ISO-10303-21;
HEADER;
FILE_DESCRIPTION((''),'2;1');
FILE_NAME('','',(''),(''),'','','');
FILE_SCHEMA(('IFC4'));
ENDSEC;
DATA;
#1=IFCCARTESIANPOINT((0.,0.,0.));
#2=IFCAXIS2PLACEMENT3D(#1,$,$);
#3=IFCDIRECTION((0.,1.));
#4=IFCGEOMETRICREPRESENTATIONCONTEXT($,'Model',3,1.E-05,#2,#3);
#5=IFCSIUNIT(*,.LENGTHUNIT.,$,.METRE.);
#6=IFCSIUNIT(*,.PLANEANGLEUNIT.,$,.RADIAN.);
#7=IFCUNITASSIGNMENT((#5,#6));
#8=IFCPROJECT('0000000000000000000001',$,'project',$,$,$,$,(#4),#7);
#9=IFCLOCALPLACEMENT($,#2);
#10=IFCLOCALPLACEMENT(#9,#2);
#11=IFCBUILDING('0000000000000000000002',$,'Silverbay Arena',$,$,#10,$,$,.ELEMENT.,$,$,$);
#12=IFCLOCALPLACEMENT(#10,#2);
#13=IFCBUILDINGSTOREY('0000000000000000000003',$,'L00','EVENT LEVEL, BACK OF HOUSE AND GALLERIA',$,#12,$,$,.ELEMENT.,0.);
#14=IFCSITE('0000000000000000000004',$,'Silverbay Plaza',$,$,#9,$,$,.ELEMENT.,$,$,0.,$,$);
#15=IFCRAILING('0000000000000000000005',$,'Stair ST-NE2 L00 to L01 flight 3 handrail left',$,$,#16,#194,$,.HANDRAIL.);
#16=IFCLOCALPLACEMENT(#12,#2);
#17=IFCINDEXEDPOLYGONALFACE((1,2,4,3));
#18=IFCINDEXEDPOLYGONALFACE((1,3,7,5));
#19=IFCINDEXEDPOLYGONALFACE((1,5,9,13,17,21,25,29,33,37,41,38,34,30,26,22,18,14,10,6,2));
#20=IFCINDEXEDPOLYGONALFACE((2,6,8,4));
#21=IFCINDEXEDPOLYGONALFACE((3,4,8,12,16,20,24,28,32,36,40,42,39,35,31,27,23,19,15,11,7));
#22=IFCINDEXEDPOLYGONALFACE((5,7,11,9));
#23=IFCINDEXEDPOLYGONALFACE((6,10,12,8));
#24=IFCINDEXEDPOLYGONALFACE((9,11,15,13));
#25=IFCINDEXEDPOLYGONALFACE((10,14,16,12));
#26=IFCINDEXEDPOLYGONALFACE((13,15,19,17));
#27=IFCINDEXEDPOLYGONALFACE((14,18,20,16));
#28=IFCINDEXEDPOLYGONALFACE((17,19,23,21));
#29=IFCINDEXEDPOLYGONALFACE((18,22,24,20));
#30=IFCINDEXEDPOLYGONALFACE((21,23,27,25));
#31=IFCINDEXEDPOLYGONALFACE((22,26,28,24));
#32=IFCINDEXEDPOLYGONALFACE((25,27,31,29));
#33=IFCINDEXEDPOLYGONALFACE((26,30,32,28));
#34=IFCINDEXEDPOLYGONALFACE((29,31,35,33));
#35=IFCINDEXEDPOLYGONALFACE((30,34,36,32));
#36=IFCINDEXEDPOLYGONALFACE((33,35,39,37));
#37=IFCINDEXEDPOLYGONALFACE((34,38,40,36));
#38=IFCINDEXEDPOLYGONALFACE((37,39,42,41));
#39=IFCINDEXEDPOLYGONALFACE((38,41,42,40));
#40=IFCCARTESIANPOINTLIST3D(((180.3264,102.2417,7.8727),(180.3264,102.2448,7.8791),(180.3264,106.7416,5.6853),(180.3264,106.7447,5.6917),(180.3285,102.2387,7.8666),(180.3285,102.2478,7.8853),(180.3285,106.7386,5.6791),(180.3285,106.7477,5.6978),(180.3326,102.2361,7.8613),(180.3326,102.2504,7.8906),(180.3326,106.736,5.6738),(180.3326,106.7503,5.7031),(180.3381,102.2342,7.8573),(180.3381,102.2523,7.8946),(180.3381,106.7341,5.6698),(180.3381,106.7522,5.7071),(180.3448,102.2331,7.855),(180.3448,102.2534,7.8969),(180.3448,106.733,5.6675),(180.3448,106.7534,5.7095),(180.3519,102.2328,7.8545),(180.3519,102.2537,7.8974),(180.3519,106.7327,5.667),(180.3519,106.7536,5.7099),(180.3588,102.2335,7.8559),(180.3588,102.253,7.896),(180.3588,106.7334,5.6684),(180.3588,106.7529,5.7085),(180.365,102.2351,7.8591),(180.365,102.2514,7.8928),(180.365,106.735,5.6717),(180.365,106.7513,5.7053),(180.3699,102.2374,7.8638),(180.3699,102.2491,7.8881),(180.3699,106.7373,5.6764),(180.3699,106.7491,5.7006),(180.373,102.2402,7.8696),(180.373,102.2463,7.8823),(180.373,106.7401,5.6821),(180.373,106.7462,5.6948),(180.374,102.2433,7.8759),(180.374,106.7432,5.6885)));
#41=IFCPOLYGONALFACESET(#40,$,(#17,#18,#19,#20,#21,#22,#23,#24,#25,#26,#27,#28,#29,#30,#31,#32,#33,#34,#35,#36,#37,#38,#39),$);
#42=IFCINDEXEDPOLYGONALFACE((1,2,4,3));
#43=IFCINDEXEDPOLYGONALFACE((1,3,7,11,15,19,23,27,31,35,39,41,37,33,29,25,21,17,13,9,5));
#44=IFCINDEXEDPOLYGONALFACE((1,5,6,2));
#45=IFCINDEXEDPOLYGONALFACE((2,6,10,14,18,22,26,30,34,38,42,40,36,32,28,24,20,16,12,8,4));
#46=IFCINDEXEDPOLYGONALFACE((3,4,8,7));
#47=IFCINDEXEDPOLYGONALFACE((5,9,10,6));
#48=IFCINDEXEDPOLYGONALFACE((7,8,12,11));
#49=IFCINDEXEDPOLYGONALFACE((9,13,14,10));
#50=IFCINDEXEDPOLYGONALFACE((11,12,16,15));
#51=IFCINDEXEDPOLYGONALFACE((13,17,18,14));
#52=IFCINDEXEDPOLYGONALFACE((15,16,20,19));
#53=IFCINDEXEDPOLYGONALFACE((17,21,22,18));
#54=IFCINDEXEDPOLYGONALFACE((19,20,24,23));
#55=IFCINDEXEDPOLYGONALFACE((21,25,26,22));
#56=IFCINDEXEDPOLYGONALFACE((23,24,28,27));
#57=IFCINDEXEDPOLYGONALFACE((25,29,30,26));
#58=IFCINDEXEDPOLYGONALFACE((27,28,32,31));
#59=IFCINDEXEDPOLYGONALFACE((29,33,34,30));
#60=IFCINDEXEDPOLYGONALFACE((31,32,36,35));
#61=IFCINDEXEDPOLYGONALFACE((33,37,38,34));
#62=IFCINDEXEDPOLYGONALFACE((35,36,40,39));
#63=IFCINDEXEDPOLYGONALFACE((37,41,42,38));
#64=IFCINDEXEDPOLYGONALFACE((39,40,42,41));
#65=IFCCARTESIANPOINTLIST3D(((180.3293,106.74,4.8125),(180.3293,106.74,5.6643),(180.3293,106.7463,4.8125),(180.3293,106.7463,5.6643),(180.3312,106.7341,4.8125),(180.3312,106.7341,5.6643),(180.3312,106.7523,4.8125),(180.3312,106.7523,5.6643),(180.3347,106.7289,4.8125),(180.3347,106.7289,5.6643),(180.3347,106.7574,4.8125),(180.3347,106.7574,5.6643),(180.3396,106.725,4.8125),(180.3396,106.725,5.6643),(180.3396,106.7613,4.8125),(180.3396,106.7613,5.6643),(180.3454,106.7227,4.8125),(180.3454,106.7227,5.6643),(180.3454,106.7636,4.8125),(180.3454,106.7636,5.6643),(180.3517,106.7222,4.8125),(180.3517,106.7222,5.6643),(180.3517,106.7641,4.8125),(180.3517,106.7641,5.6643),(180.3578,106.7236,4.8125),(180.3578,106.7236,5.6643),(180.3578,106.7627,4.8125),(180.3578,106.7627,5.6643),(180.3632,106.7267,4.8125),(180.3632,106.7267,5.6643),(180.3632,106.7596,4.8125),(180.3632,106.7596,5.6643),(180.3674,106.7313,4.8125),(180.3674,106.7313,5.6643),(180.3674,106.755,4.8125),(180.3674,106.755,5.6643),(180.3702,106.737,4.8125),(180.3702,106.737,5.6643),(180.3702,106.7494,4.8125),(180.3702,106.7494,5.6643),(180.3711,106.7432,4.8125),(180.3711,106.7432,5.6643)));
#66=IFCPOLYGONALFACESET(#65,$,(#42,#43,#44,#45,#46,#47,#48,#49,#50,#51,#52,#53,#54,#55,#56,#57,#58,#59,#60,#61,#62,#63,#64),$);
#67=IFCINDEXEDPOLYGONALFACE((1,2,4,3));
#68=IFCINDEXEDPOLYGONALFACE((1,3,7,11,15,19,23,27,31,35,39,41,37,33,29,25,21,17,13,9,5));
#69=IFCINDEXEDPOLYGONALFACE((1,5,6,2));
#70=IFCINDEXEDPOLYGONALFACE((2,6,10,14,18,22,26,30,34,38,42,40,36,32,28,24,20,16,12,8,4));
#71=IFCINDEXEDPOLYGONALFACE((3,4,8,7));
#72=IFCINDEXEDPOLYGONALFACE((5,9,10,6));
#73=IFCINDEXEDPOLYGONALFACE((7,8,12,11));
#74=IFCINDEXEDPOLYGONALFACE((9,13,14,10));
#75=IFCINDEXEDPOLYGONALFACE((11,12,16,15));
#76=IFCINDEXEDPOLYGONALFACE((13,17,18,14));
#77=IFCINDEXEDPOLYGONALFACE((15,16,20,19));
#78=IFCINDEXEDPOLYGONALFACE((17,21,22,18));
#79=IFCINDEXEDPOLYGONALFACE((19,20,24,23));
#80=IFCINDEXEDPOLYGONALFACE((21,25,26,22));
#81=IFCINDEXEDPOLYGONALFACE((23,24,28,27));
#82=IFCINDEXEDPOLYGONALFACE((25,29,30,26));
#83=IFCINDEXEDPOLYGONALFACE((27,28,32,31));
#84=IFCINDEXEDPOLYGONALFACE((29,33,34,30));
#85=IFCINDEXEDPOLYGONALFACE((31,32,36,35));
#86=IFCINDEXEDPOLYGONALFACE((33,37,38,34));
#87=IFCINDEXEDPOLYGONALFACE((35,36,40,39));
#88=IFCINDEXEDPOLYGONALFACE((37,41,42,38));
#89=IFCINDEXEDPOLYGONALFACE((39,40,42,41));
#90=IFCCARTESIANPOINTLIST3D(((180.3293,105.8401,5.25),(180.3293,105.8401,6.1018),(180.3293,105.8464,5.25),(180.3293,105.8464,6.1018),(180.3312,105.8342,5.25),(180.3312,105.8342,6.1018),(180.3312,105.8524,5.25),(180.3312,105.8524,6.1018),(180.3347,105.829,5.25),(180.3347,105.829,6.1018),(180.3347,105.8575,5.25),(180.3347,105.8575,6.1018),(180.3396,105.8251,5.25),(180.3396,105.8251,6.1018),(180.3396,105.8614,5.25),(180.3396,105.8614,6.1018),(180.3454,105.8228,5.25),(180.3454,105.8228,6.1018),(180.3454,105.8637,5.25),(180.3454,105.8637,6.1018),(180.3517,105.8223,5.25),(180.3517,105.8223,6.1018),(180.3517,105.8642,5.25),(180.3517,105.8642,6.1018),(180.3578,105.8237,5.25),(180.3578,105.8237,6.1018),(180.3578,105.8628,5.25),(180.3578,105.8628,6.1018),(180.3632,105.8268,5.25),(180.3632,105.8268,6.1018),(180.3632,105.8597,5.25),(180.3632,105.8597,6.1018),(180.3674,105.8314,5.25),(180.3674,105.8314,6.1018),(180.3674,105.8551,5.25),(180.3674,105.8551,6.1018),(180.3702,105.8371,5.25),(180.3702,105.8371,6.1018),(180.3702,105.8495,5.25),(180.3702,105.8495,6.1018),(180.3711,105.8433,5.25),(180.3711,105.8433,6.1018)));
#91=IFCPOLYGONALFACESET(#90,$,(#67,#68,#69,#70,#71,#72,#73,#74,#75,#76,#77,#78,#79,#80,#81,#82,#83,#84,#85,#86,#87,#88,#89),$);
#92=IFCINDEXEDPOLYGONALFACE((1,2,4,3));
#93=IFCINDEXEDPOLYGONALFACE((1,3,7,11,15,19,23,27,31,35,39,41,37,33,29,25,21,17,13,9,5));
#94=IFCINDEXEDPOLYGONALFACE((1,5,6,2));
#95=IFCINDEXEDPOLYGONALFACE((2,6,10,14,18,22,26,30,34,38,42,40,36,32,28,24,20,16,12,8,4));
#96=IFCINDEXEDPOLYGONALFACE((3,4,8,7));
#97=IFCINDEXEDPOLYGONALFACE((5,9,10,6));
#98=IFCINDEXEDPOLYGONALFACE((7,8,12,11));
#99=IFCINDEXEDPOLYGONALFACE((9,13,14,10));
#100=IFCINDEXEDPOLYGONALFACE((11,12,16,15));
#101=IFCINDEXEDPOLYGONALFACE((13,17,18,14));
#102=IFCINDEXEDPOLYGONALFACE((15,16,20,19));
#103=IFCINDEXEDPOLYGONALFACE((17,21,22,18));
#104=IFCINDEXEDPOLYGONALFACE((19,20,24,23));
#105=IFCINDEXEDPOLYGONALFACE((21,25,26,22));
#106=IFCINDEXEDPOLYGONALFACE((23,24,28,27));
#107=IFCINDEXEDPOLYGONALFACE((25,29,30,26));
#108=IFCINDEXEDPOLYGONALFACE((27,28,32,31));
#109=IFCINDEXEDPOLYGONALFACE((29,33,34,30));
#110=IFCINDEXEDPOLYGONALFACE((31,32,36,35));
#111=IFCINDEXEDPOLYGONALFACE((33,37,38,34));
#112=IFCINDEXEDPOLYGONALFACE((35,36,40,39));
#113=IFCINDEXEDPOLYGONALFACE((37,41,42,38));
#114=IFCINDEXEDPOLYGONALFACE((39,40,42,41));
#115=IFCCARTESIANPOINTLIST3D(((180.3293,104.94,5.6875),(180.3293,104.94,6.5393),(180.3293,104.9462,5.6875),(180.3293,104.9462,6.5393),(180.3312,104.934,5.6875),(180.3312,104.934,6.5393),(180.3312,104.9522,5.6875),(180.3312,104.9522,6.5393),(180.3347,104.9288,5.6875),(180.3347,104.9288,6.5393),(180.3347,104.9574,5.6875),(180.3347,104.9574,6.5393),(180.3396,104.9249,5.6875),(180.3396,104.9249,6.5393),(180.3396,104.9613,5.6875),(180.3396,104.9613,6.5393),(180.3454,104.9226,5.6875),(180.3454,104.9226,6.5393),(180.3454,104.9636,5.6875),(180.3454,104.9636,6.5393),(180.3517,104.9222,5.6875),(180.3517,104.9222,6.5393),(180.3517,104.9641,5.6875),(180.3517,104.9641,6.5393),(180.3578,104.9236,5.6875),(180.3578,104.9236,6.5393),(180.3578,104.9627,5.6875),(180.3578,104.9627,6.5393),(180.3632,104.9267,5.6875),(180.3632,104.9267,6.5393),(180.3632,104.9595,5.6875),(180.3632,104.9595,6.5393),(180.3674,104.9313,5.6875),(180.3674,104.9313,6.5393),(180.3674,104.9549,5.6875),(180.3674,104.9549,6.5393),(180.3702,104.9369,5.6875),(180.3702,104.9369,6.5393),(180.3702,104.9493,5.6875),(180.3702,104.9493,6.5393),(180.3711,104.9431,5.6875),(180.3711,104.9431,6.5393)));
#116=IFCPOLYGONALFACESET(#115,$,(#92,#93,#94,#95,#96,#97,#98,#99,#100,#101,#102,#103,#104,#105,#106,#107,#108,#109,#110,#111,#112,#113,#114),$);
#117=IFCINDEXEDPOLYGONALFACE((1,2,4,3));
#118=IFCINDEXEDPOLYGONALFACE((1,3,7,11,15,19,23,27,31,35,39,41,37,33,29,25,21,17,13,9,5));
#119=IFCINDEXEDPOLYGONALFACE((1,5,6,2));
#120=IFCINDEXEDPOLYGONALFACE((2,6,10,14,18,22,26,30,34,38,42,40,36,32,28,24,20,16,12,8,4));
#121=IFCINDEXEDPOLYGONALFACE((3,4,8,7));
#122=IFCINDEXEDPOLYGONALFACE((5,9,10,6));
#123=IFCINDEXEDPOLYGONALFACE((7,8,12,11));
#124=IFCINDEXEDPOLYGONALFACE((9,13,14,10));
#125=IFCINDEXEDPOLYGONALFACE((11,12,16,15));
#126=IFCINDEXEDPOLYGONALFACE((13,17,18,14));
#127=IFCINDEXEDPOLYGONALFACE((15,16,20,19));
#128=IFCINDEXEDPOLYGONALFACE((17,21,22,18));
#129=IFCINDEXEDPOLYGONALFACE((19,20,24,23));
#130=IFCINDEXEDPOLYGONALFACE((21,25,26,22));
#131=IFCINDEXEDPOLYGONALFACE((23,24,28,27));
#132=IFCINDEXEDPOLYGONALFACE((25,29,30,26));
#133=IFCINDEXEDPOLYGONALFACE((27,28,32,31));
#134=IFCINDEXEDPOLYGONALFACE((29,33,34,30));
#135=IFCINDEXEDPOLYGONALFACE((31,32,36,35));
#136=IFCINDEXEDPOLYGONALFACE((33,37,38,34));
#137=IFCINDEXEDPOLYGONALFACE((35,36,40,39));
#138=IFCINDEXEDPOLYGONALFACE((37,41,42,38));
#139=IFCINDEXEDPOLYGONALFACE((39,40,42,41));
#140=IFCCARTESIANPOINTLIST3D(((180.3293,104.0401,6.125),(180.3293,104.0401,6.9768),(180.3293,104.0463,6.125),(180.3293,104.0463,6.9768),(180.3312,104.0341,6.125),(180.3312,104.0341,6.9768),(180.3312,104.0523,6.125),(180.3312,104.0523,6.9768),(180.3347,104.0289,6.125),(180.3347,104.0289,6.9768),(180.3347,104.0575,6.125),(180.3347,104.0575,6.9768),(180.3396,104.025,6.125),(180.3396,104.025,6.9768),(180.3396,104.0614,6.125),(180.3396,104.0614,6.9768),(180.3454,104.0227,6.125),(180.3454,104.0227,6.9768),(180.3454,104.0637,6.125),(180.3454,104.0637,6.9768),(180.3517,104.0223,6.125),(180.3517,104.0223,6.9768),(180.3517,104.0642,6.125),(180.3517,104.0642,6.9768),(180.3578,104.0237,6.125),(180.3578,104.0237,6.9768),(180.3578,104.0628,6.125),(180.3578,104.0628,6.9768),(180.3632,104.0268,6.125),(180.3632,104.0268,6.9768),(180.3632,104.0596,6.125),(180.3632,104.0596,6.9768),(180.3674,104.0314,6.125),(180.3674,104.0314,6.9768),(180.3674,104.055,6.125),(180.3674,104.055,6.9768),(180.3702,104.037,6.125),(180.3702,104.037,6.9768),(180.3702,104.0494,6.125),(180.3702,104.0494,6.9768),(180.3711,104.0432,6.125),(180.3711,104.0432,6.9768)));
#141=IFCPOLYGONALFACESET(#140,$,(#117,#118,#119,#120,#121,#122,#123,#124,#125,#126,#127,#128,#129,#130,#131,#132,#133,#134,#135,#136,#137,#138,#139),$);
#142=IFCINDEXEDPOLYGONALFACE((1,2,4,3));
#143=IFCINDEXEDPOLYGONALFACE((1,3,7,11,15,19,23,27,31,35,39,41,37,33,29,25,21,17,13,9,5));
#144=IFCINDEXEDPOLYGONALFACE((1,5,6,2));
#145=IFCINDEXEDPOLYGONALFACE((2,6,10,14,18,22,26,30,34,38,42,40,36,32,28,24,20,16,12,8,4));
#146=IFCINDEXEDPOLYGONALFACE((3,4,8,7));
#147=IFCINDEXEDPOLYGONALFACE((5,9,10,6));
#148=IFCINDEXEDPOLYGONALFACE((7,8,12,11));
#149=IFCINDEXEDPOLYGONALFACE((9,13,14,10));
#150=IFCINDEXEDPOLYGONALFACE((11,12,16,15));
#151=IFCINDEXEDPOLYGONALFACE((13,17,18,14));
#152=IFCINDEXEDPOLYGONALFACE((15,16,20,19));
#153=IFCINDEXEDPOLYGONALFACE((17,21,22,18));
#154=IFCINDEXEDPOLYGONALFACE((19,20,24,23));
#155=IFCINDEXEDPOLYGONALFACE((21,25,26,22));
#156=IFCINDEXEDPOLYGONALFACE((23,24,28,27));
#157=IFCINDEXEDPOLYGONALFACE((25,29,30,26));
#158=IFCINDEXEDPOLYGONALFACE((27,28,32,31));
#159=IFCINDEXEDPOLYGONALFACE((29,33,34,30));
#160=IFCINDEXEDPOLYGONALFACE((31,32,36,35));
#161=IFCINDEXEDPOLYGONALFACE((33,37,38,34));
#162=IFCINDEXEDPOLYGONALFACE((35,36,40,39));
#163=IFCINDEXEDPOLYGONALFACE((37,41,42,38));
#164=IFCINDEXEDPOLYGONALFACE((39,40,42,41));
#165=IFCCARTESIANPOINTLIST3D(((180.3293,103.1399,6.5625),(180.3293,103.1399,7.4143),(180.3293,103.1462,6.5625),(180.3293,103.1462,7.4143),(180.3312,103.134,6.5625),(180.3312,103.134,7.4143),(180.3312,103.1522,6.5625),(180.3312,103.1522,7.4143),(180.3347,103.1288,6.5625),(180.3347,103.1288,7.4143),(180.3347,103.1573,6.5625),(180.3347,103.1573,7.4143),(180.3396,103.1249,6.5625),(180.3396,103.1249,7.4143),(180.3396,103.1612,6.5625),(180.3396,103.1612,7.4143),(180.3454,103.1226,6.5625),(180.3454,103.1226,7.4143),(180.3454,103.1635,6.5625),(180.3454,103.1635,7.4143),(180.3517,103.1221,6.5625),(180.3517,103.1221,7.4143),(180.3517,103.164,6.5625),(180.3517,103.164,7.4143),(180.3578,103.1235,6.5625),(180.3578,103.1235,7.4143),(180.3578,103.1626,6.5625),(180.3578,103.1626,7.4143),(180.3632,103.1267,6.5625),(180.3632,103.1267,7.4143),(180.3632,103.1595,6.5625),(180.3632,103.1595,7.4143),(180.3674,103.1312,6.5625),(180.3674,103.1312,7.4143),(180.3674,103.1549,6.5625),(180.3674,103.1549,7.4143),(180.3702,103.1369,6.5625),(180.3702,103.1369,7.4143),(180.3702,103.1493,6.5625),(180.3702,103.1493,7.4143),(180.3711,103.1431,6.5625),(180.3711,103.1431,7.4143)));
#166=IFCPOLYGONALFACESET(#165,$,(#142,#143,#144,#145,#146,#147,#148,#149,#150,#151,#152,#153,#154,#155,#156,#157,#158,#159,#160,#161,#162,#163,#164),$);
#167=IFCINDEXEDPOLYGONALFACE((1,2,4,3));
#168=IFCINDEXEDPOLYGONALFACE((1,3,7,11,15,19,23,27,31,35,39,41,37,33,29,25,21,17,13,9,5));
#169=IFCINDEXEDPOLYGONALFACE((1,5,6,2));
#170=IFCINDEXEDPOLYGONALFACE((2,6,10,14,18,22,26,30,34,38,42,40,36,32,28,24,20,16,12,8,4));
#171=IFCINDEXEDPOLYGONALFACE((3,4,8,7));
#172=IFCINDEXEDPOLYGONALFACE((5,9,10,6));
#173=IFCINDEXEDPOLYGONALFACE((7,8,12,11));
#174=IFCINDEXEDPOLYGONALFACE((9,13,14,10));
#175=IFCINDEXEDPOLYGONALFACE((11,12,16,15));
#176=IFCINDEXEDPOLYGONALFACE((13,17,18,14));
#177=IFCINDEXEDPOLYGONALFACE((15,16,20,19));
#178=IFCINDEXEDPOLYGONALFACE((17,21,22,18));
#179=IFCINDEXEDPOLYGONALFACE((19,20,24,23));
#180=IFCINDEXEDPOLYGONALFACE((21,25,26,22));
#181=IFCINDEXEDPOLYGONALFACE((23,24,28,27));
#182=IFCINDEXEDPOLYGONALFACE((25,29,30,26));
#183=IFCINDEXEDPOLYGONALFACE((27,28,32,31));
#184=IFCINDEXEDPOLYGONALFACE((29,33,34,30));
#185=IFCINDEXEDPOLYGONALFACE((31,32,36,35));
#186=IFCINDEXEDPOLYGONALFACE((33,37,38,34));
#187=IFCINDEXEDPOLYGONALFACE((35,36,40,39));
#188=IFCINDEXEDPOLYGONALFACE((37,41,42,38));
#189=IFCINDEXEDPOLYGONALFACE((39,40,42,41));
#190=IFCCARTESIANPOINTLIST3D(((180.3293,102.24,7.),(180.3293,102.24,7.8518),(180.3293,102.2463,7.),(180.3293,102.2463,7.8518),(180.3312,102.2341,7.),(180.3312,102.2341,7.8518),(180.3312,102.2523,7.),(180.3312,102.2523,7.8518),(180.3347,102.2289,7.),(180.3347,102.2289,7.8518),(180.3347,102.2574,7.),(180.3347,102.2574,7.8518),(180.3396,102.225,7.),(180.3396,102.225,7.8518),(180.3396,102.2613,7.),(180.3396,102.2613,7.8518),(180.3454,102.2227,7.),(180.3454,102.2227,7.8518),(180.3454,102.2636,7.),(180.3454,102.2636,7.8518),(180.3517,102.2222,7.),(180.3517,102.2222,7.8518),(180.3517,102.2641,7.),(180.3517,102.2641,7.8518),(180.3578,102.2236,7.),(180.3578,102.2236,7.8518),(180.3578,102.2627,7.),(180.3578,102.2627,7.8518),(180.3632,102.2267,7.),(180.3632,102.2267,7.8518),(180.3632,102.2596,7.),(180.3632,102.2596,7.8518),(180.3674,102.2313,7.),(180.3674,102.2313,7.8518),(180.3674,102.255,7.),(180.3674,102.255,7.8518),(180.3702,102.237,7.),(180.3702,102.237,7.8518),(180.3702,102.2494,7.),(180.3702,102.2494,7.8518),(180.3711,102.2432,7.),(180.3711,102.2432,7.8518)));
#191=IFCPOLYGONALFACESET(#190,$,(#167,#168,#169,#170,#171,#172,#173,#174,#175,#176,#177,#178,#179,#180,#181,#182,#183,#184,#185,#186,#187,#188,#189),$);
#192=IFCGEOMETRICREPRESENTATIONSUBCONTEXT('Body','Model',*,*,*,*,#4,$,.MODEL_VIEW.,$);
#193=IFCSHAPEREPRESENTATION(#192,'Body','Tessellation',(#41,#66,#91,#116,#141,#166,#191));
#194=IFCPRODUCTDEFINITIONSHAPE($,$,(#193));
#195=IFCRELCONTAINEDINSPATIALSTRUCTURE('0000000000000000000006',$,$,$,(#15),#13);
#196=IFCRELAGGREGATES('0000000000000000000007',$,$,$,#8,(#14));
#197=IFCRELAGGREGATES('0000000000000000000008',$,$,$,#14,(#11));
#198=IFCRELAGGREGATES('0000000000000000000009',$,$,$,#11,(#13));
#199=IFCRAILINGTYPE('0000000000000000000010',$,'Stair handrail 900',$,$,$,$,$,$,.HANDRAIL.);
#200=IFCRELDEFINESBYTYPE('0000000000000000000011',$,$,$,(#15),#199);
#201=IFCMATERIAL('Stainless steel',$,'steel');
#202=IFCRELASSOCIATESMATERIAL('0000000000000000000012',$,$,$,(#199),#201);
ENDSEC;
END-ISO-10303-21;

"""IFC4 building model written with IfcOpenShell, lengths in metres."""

from ifc_helpers import new_model, si_unit, direction, frame, origin, origin_2d, place, context, subcontext, project, spatial, circle, extrude, material, type_object, element, save


model = new_model("IFC4")

# Units and contexts
model_context = context("Model", 3, precision=1e-05, world=origin(), true_north=direction((0.0, 1.0)))
body_context = subcontext(model_context, "Body", "Model", "MODEL_VIEW")
ifc_project = project(units=[si_unit("LENGTHUNIT", "METRE"), si_unit("PLANEANGLEUNIT", "RADIAN")], contexts=[model_context])

# Site, building, storey
site_placement = place(None, origin())
site = spatial("IfcSite", under=ifc_project, at=site_placement, Name="Silverbay Plaza", CompositionType="ELEMENT", RefElevation=0.0)
building_placement = place(site_placement, origin())
building = spatial("IfcBuilding", under=site, at=building_placement, Name="Silverbay Arena", CompositionType="ELEMENT")
storey_placement = place(building_placement, origin())
storey = spatial("IfcBuildingStorey", under=building, at=storey_placement, Name="L00", Description="EVENT LEVEL, BACK OF HOUSE AND GALLERIA", CompositionType="ELEMENT", Elevation=0.0)

# Railing
ifc_material_1 = material(Name="Stainless steel", Category="steel")
railing_type_1 = type_object("IfcRailingType", Name="Stair handrail 900", PredefinedType="HANDRAIL", material=ifc_material_1)
for number, where, name in (
    (1, (180.3501, 106.7432, 4.8125), "Stair ST-NE2 L00 to L01 flight 3 handrail left"),
):
    element("IfcRailing", number, at=place(storey_placement, frame(where)), inside=storey, type_object=railing_type_1, Name=name, PredefinedType="HANDRAIL", context=body_context, shape_type="SweptSolid", body=[
        extrude(circle(Radius=0.0239, at=origin_2d()), frame((0.0, 0.0, 0.876), z_axis=(0.0, -0.899368, 0.437193), x_axis=(1.0, 0.0, 0.0)), (0.0, 0.0, 1.0), 5.0034),
        extrude(circle(Radius=0.021, at=origin_2d()), origin(), (0.0, 0.0, 1.0), 0.8518),
        extrude(circle(Radius=0.021, at=origin_2d()), frame((0.0, -0.8999, 0.4375)), (0.0, 0.0, 1.0), 0.8518),
        extrude(circle(Radius=0.021, at=origin_2d()), frame((0.0, -1.8, 0.875)), (0.0, 0.0, 1.0), 0.8518),
        extrude(circle(Radius=0.021, at=origin_2d()), frame((0.0, -2.7, 1.3125)), (0.0, 0.0, 1.0), 0.8518),
        extrude(circle(Radius=0.021, at=origin_2d()), frame((0.0, -3.6001, 1.75)), (0.0, 0.0, 1.0), 0.8518),
        extrude(circle(Radius=0.021, at=origin_2d()), frame((0.0, -4.5, 2.1875)), (0.0, 0.0, 1.0), 0.8518),
    ])

save(model, "model.ifc")
